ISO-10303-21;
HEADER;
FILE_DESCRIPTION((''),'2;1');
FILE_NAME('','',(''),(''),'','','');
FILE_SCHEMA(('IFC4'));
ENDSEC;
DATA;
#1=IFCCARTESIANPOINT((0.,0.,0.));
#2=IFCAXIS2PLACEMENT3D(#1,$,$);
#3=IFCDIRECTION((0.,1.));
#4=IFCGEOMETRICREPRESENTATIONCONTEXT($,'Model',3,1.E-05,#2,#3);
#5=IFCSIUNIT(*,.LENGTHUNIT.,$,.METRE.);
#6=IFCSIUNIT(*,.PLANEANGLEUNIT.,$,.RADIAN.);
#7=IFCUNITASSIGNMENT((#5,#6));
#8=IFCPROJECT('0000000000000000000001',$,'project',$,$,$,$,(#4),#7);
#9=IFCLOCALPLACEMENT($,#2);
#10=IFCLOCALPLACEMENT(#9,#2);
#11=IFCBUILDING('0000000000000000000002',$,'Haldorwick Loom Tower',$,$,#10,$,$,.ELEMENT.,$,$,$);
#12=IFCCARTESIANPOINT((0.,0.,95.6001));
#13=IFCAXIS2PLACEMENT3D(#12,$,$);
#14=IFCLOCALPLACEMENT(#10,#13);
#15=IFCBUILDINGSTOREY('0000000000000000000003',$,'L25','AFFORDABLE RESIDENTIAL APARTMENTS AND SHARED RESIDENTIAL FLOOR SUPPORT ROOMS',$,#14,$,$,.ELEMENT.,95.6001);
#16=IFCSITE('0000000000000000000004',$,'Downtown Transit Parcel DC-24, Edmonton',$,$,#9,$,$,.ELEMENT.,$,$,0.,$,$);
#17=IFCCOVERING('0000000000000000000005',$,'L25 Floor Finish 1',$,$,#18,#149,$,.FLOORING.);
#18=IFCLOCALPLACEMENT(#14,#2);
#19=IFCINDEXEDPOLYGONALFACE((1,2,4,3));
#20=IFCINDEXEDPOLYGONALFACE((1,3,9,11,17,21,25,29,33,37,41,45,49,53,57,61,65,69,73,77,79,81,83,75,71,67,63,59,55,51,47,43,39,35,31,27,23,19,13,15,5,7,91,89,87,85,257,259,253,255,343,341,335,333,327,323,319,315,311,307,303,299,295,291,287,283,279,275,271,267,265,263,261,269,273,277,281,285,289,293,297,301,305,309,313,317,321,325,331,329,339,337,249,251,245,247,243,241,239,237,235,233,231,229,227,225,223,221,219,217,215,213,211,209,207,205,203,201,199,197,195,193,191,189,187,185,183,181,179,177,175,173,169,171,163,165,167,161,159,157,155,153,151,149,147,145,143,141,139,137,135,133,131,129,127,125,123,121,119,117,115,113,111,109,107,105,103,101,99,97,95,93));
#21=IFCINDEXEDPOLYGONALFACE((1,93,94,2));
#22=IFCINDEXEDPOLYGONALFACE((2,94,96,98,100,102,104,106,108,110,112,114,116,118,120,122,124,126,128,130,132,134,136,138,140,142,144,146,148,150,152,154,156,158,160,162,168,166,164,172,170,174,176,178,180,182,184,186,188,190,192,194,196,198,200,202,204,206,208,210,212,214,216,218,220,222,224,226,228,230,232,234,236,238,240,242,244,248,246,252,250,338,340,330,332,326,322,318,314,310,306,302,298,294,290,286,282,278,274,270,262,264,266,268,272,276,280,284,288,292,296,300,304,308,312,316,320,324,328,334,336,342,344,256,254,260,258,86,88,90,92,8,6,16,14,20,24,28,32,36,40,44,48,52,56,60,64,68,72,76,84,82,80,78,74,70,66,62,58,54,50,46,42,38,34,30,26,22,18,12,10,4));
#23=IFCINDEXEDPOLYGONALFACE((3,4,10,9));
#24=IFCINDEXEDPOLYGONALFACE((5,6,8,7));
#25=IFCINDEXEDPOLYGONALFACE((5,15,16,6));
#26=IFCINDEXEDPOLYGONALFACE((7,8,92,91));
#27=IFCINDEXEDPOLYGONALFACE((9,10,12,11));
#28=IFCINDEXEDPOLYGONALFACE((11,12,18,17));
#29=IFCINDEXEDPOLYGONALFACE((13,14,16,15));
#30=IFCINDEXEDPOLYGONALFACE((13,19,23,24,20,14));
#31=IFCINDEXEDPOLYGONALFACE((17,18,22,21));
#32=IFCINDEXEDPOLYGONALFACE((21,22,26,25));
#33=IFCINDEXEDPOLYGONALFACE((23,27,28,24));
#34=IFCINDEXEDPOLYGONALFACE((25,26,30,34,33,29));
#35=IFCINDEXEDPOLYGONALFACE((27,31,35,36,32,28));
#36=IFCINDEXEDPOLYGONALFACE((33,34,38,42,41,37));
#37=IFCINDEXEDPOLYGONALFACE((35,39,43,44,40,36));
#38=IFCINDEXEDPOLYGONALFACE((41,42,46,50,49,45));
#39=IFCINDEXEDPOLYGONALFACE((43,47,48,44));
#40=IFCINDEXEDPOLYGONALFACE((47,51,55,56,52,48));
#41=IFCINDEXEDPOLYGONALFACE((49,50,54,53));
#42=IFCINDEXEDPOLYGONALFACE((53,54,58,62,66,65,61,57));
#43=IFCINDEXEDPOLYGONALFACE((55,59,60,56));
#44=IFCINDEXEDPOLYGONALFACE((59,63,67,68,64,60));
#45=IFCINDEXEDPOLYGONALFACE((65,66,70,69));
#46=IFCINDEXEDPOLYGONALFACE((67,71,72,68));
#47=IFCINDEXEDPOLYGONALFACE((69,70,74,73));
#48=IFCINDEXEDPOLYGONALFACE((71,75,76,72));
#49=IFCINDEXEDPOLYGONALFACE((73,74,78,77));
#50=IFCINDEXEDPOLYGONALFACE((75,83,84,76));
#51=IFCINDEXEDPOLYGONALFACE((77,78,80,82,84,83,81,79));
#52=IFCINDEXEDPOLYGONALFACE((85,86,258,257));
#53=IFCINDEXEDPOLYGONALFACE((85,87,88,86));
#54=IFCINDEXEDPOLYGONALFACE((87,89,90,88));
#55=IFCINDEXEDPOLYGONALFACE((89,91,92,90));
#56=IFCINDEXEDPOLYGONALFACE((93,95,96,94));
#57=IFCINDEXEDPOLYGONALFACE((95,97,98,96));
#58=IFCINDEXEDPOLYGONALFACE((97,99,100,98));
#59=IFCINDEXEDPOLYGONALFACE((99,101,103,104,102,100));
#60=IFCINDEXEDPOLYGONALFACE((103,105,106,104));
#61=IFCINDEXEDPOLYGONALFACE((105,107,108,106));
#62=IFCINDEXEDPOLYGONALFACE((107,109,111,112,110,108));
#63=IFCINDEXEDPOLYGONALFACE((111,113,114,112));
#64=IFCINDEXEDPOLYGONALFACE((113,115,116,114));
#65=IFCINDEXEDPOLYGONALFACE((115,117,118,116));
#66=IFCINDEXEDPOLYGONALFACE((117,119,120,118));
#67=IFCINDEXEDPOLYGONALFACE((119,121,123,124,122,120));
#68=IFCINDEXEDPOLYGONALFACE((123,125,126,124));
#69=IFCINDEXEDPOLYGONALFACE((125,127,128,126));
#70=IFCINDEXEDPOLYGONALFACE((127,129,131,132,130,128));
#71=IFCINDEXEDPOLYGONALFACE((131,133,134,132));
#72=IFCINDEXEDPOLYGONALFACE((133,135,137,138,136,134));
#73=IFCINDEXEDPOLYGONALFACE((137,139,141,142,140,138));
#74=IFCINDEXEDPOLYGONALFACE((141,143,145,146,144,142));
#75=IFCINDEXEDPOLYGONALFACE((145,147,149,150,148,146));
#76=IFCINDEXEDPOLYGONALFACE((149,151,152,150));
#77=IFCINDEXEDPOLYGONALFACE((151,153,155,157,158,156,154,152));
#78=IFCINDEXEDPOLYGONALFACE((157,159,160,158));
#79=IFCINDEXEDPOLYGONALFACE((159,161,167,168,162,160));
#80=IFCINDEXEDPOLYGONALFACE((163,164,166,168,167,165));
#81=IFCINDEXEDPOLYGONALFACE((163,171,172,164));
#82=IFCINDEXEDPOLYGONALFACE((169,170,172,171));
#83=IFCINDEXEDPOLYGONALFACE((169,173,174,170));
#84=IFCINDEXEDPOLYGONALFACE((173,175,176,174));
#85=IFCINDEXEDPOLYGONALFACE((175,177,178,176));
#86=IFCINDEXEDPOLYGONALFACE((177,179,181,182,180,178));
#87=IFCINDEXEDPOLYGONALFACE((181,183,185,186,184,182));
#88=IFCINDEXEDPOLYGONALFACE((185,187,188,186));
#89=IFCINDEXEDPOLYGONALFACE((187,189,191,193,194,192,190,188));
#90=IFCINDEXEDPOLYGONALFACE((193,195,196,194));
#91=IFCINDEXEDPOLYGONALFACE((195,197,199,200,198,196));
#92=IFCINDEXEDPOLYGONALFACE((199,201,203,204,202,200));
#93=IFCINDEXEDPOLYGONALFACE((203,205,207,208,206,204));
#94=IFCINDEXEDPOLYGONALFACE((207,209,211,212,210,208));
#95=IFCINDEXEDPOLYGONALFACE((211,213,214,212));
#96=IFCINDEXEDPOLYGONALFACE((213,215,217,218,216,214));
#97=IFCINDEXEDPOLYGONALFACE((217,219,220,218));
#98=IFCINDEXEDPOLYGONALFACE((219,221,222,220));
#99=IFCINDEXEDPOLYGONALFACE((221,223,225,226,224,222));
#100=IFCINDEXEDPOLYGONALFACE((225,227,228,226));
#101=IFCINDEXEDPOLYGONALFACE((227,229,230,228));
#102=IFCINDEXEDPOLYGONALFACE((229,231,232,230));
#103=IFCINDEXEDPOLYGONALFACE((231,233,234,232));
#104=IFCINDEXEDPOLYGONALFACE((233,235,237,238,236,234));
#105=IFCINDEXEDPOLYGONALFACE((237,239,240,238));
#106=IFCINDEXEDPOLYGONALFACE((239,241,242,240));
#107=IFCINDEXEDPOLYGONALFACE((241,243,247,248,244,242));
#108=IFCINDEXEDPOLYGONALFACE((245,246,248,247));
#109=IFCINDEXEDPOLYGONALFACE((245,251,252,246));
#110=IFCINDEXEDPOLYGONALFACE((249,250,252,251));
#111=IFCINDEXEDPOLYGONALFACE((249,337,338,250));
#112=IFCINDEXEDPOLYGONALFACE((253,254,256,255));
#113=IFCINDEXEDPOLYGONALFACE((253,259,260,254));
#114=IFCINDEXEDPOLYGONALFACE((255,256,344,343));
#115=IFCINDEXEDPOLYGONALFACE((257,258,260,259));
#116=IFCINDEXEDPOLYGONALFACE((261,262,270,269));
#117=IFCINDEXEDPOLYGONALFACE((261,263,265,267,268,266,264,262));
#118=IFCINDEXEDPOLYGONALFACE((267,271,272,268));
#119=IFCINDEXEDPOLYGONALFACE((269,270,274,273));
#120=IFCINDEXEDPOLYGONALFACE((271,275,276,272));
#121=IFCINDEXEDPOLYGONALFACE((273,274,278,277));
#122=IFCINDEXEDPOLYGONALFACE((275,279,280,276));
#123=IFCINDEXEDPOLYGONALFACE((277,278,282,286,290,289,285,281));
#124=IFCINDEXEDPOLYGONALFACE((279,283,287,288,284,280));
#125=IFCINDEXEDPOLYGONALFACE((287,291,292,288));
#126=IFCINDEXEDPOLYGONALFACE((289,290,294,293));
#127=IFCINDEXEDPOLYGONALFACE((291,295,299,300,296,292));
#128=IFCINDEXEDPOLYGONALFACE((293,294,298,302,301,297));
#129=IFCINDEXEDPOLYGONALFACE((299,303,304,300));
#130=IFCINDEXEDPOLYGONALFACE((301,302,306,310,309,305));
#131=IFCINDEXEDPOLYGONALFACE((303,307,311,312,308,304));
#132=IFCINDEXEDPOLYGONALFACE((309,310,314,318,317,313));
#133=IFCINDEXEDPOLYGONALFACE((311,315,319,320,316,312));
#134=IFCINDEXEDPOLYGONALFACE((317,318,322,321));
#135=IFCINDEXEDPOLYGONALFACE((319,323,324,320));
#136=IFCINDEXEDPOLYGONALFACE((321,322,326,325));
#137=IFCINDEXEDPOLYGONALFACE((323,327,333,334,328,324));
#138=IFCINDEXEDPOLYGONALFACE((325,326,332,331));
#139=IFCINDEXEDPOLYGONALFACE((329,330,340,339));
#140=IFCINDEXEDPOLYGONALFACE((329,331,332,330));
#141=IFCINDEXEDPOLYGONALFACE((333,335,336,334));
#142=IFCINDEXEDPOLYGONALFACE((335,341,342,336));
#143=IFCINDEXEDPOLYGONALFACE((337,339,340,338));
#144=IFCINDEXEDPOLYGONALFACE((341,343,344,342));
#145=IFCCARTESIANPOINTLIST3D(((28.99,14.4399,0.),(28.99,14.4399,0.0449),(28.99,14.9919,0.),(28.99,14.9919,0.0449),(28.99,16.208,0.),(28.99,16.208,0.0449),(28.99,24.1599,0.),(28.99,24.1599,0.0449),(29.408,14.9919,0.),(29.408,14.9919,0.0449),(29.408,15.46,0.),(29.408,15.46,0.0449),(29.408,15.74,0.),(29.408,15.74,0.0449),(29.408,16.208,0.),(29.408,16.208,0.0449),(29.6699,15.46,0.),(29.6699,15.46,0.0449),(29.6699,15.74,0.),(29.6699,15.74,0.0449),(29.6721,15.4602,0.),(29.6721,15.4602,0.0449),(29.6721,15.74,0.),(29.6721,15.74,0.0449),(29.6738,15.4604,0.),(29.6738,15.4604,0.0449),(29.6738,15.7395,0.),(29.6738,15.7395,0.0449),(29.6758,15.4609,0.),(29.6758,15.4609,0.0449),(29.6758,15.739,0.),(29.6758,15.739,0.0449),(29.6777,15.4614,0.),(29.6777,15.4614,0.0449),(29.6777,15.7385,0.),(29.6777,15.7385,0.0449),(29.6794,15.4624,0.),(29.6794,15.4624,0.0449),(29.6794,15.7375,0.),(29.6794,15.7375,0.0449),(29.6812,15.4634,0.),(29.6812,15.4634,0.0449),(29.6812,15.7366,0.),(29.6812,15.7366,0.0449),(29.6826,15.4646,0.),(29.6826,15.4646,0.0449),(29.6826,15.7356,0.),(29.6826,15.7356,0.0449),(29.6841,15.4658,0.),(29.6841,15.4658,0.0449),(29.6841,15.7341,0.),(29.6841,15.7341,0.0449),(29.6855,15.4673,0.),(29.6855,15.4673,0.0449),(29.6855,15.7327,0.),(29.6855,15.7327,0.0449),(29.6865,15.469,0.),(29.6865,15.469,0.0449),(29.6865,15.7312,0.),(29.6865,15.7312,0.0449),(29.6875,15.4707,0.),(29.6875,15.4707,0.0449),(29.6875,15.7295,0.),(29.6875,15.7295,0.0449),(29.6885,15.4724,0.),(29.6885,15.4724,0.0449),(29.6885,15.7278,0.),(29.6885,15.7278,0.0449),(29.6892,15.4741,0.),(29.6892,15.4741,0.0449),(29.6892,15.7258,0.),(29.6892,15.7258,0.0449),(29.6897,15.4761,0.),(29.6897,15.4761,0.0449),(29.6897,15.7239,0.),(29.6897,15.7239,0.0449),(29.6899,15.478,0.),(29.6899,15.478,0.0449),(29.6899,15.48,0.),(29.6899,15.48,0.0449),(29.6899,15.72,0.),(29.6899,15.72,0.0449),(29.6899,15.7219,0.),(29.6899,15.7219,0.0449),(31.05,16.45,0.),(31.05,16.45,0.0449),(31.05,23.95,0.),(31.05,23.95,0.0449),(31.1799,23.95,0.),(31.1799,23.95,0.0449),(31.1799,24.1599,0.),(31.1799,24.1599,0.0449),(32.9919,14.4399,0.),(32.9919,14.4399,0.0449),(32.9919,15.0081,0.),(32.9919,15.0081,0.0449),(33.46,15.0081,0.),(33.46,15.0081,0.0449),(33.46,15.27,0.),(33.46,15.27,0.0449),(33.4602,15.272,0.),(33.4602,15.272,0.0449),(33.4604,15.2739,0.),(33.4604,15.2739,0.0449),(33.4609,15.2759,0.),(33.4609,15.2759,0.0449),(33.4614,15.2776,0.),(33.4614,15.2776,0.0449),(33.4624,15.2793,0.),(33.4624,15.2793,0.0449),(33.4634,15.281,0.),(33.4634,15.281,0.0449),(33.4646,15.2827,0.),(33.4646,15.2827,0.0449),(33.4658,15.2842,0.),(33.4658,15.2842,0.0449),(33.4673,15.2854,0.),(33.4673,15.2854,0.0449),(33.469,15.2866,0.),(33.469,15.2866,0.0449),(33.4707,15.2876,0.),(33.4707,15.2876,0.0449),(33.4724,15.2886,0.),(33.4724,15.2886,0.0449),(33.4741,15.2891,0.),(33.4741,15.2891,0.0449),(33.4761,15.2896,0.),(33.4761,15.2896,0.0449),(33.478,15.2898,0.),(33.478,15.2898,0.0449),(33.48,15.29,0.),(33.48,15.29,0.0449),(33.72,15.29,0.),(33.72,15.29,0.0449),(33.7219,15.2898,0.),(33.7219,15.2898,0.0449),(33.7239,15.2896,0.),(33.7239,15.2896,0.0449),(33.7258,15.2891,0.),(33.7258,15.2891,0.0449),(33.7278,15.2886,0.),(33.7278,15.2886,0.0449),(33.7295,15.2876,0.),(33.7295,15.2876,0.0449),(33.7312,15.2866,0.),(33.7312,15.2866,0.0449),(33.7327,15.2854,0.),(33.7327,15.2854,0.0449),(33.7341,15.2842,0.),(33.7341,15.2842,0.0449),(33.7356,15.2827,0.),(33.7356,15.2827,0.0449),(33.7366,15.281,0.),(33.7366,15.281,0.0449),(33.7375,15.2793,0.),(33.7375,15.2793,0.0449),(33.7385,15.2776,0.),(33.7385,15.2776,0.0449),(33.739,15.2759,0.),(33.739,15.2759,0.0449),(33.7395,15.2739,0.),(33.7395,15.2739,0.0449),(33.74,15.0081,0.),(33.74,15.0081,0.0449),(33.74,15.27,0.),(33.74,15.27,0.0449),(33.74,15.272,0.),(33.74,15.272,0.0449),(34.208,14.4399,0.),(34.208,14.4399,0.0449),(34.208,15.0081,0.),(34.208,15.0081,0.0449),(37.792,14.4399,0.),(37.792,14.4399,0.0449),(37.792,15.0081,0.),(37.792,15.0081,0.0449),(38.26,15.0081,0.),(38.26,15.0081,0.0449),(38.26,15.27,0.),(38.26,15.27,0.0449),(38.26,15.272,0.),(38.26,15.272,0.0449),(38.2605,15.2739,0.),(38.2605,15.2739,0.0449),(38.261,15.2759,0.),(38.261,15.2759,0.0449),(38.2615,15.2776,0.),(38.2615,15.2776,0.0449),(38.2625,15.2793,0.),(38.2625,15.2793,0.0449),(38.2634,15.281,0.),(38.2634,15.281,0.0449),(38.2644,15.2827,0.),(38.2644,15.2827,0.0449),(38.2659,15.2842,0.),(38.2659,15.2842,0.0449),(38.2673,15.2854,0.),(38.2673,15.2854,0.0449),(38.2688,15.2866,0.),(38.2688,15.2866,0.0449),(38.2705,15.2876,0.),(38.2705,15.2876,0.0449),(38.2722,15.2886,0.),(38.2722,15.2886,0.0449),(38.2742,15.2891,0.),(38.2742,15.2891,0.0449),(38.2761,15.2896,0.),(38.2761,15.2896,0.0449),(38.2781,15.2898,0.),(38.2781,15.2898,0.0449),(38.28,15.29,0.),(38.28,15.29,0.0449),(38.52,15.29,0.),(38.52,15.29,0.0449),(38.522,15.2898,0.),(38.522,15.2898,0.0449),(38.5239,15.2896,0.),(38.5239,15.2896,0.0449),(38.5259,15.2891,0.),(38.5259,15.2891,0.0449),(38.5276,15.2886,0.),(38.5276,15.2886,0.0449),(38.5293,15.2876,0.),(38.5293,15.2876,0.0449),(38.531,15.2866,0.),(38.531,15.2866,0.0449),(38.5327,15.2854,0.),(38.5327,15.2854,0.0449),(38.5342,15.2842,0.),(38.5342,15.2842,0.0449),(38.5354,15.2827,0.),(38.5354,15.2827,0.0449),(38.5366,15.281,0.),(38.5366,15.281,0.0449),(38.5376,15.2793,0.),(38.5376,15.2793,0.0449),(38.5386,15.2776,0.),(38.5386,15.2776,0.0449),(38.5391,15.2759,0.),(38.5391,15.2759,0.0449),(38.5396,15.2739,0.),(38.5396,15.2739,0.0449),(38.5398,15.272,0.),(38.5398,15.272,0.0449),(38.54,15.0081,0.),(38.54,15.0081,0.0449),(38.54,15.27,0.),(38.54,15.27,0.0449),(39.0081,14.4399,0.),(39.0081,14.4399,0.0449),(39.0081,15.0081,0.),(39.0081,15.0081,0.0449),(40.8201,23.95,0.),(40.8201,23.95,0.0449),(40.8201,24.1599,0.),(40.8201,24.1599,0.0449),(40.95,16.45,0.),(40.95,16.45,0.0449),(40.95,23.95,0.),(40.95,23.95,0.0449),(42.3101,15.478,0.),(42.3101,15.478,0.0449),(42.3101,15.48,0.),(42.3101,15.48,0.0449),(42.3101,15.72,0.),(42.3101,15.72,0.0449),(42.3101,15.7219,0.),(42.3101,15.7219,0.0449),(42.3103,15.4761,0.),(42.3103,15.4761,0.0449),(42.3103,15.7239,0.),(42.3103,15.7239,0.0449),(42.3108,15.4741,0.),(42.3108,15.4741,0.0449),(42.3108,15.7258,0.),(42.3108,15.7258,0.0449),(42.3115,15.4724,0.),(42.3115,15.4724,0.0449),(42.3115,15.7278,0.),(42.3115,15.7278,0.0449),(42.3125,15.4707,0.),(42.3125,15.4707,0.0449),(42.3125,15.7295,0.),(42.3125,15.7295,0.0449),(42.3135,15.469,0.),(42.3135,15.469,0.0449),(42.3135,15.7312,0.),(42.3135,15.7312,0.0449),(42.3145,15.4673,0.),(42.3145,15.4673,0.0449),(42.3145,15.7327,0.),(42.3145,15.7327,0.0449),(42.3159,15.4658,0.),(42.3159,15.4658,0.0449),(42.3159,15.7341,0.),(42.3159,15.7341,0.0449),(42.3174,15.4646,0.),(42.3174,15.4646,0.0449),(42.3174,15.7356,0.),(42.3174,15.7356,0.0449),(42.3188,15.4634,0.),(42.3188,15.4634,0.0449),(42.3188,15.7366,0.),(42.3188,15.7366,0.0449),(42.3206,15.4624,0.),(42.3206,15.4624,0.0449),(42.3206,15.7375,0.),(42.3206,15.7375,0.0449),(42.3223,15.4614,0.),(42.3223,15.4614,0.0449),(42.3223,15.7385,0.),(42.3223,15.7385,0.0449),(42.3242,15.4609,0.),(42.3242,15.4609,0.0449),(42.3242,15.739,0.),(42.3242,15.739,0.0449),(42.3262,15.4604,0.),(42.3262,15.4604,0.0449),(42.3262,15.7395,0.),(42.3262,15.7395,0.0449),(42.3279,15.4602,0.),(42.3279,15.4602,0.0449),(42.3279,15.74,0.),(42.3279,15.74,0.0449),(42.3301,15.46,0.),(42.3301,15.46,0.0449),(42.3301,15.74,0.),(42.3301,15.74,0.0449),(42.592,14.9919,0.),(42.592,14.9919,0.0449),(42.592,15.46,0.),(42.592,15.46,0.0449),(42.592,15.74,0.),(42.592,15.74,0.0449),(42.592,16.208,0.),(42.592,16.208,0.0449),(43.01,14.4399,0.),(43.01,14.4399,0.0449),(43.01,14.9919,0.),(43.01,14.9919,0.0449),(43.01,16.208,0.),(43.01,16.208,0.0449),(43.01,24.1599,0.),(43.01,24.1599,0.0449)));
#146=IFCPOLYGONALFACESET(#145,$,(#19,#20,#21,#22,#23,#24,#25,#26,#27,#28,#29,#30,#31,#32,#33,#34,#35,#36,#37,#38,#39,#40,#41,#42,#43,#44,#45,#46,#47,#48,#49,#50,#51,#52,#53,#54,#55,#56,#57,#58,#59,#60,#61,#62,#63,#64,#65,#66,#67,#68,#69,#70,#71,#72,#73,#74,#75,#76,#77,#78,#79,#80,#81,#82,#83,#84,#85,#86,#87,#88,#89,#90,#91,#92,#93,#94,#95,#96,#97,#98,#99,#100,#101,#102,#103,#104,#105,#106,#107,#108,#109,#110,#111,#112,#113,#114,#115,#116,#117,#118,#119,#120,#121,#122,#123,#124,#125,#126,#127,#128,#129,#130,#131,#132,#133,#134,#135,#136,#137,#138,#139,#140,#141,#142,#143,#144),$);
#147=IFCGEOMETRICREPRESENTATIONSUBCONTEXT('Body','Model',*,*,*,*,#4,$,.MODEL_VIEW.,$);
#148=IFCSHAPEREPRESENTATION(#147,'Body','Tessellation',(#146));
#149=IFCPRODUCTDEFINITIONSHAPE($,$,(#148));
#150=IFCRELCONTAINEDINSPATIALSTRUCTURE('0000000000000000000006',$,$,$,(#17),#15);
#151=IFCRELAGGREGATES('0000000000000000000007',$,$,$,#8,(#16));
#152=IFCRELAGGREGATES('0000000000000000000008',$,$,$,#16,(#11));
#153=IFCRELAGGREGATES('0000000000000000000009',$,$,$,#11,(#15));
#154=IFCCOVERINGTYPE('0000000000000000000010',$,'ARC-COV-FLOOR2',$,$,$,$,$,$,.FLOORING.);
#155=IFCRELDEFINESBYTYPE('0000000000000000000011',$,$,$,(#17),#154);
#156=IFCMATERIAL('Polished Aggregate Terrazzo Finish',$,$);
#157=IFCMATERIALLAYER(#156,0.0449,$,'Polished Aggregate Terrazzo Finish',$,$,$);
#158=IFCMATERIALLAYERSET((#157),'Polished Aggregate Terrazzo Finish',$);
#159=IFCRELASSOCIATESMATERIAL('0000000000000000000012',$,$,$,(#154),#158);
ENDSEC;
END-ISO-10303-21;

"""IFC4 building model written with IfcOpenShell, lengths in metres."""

from ifc_helpers import new_model, si_unit, direction, frame, origin, place, context, subcontext, project, spatial, polyline, outline, extrude, material, layer, layer_set, type_object, element, save


model = new_model("IFC4")

# Units and contexts
model_context = context("Model", 3, precision=1e-05, world=origin(), true_north=direction((0.0, 1.0)))
body_context = subcontext(model_context, "Body", "Model", "MODEL_VIEW")
ifc_project = project(units=[si_unit("LENGTHUNIT", "METRE"), si_unit("PLANEANGLEUNIT", "RADIAN")], contexts=[model_context])

# Site, building, storey
site_placement = place(None, origin())
site = spatial("IfcSite", under=ifc_project, at=site_placement, Name="Downtown Transit Parcel DC-24, Edmonton", CompositionType="ELEMENT", RefElevation=0.0)
building_placement = place(site_placement, origin())
building = spatial("IfcBuilding", under=site, at=building_placement, Name="Haldorwick Loom Tower", CompositionType="ELEMENT")
storey_placement = place(building_placement, frame((0.0, 0.0, 95.6001)))
storey = spatial("IfcBuildingStorey", under=building, at=storey_placement, Name="L25", Description="AFFORDABLE RESIDENTIAL APARTMENTS AND SHARED RESIDENTIAL FLOOR SUPPORT ROOMS", CompositionType="ELEMENT", Elevation=95.6001)

# Covering
ifc_material_1 = material(Name="Polished Aggregate Terrazzo Finish")
ifc_layer_1 = layer(ifc_material_1, 0.0449, Name="Polished Aggregate Terrazzo Finish")
ifc_layer_set_1 = layer_set([ifc_layer_1], Name="Polished Aggregate Terrazzo Finish")
covering_type_1 = type_object("IfcCoveringType", Name="ARC-COV-FLOOR2", PredefinedType="FLOORING", material=ifc_layer_set_1)
covering_1_placement = place(storey_placement, origin())
element("IfcCovering", 1, at=covering_1_placement, inside=storey, type_object=covering_type_1, Name="L25 Floor Finish 1", PredefinedType="FLOORING", context=body_context, shape_type="SweptSolid", body=[
    extrude(outline(polyline([(40.8201, 24.1599), (40.8201, 23.95), (40.95, 23.95), (40.95, 16.45), (31.05, 16.45), (31.05, 23.95), (31.1799, 23.95), (31.1799, 24.1599), (28.99, 24.1599), (28.99, 16.208), (29.408, 16.208), (29.408, 15.74), (29.6699, 15.74), (29.6721, 15.74), (29.6738, 15.7395), (29.6758, 15.739), (29.6777, 15.7385), (29.6794, 15.7375), (29.6812, 15.7366), (29.6826, 15.7356), (29.6841, 15.7341), (29.6855, 15.7327), (29.6865, 15.7312), (29.6875, 15.7295), (29.6885, 15.7278), (29.6892, 15.7258), (29.6897, 15.7239), (29.6899, 15.7219), (29.6899, 15.72), (29.6899, 15.48), (29.6899, 15.478), (29.6897, 15.4761), (29.6892, 15.4741), (29.6885, 15.4724), (29.6875, 15.4707), (29.6865, 15.469), (29.6855, 15.4673), (29.6841, 15.4658), (29.6826, 15.4646), (29.6812, 15.4634), (29.6794, 15.4624), (29.6777, 15.4614), (29.6758, 15.4609), (29.6738, 15.4604), (29.6721, 15.4602), (29.6699, 15.46), (29.408, 15.46), (29.408, 14.9919), (28.99, 14.9919), (28.99, 14.4399), (32.9919, 14.4399), (32.9919, 15.0081), (33.46, 15.0081), (33.46, 15.27), (33.4602, 15.272), (33.4604, 15.2739), (33.4609, 15.2759), (33.4614, 15.2776), (33.4624, 15.2793), (33.4634, 15.281), (33.4646, 15.2827), (33.4658, 15.2842), (33.4673, 15.2854), (33.469, 15.2866), (33.4707, 15.2876), (33.4724, 15.2886), (33.4741, 15.2891), (33.4761, 15.2896), (33.478, 15.2898), (33.48, 15.29), (33.72, 15.29), (33.7219, 15.2898), (33.7239, 15.2896), (33.7258, 15.2891), (33.7278, 15.2886), (33.7295, 15.2876), (33.7312, 15.2866), (33.7327, 15.2854), (33.7341, 15.2842), (33.7356, 15.2827), (33.7366, 15.281), (33.7375, 15.2793), (33.7385, 15.2776), (33.739, 15.2759), (33.7395, 15.2739), (33.74, 15.272), (33.74, 15.27), (33.74, 15.0081), (34.208, 15.0081), (34.208, 14.4399), (37.792, 14.4399), (37.792, 15.0081), (38.26, 15.0081), (38.26, 15.27), (38.26, 15.272), (38.2605, 15.2739), (38.261, 15.2759), (38.2615, 15.2776), (38.2625, 15.2793), (38.2634, 15.281), (38.2644, 15.2827), (38.2659, 15.2842), (38.2673, 15.2854), (38.2688, 15.2866), (38.2705, 15.2876), (38.2722, 15.2886), (38.2742, 15.2891), (38.2761, 15.2896), (38.2781, 15.2898), (38.28, 15.29), (38.52, 15.29), (38.522, 15.2898), (38.5239, 15.2896), (38.5259, 15.2891), (38.5276, 15.2886), (38.5293, 15.2876), (38.531, 15.2866), (38.5327, 15.2854), (38.5342, 15.2842), (38.5354, 15.2827), (38.5366, 15.281), (38.5376, 15.2793), (38.5386, 15.2776), (38.5391, 15.2759), (38.5396, 15.2739), (38.5398, 15.272), (38.54, 15.27), (38.54, 15.0081), (39.0081, 15.0081), (39.0081, 14.4399), (43.01, 14.4399), (43.01, 14.9919), (42.592, 14.9919), (42.592, 15.46), (42.3301, 15.46), (42.3279, 15.4602), (42.3262, 15.4604), (42.3242, 15.4609), (42.3223, 15.4614), (42.3206, 15.4624), (42.3188, 15.4634), (42.3174, 15.4646), (42.3159, 15.4658), (42.3145, 15.4673), (42.3135, 15.469), (42.3125, 15.4707), (42.3115, 15.4724), (42.3108, 15.4741), (42.3103, 15.4761), (42.3101, 15.478), (42.3101, 15.48), (42.3101, 15.72), (42.3101, 15.7219), (42.3103, 15.7239), (42.3108, 15.7258), (42.3115, 15.7278), (42.3125, 15.7295), (42.3135, 15.7312), (42.3145, 15.7327), (42.3159, 15.7341), (42.3174, 15.7356), (42.3188, 15.7366), (42.3206, 15.7375), (42.3223, 15.7385), (42.3242, 15.739), (42.3262, 15.7395), (42.3279, 15.74), (42.3301, 15.74), (42.592, 15.74), (42.592, 16.208), (43.01, 16.208), (43.01, 24.1599), (40.8201, 24.1599)])), origin(), (0.0, 0.0, 1.0), 0.0449),
])

save(model, "model.ifc")
